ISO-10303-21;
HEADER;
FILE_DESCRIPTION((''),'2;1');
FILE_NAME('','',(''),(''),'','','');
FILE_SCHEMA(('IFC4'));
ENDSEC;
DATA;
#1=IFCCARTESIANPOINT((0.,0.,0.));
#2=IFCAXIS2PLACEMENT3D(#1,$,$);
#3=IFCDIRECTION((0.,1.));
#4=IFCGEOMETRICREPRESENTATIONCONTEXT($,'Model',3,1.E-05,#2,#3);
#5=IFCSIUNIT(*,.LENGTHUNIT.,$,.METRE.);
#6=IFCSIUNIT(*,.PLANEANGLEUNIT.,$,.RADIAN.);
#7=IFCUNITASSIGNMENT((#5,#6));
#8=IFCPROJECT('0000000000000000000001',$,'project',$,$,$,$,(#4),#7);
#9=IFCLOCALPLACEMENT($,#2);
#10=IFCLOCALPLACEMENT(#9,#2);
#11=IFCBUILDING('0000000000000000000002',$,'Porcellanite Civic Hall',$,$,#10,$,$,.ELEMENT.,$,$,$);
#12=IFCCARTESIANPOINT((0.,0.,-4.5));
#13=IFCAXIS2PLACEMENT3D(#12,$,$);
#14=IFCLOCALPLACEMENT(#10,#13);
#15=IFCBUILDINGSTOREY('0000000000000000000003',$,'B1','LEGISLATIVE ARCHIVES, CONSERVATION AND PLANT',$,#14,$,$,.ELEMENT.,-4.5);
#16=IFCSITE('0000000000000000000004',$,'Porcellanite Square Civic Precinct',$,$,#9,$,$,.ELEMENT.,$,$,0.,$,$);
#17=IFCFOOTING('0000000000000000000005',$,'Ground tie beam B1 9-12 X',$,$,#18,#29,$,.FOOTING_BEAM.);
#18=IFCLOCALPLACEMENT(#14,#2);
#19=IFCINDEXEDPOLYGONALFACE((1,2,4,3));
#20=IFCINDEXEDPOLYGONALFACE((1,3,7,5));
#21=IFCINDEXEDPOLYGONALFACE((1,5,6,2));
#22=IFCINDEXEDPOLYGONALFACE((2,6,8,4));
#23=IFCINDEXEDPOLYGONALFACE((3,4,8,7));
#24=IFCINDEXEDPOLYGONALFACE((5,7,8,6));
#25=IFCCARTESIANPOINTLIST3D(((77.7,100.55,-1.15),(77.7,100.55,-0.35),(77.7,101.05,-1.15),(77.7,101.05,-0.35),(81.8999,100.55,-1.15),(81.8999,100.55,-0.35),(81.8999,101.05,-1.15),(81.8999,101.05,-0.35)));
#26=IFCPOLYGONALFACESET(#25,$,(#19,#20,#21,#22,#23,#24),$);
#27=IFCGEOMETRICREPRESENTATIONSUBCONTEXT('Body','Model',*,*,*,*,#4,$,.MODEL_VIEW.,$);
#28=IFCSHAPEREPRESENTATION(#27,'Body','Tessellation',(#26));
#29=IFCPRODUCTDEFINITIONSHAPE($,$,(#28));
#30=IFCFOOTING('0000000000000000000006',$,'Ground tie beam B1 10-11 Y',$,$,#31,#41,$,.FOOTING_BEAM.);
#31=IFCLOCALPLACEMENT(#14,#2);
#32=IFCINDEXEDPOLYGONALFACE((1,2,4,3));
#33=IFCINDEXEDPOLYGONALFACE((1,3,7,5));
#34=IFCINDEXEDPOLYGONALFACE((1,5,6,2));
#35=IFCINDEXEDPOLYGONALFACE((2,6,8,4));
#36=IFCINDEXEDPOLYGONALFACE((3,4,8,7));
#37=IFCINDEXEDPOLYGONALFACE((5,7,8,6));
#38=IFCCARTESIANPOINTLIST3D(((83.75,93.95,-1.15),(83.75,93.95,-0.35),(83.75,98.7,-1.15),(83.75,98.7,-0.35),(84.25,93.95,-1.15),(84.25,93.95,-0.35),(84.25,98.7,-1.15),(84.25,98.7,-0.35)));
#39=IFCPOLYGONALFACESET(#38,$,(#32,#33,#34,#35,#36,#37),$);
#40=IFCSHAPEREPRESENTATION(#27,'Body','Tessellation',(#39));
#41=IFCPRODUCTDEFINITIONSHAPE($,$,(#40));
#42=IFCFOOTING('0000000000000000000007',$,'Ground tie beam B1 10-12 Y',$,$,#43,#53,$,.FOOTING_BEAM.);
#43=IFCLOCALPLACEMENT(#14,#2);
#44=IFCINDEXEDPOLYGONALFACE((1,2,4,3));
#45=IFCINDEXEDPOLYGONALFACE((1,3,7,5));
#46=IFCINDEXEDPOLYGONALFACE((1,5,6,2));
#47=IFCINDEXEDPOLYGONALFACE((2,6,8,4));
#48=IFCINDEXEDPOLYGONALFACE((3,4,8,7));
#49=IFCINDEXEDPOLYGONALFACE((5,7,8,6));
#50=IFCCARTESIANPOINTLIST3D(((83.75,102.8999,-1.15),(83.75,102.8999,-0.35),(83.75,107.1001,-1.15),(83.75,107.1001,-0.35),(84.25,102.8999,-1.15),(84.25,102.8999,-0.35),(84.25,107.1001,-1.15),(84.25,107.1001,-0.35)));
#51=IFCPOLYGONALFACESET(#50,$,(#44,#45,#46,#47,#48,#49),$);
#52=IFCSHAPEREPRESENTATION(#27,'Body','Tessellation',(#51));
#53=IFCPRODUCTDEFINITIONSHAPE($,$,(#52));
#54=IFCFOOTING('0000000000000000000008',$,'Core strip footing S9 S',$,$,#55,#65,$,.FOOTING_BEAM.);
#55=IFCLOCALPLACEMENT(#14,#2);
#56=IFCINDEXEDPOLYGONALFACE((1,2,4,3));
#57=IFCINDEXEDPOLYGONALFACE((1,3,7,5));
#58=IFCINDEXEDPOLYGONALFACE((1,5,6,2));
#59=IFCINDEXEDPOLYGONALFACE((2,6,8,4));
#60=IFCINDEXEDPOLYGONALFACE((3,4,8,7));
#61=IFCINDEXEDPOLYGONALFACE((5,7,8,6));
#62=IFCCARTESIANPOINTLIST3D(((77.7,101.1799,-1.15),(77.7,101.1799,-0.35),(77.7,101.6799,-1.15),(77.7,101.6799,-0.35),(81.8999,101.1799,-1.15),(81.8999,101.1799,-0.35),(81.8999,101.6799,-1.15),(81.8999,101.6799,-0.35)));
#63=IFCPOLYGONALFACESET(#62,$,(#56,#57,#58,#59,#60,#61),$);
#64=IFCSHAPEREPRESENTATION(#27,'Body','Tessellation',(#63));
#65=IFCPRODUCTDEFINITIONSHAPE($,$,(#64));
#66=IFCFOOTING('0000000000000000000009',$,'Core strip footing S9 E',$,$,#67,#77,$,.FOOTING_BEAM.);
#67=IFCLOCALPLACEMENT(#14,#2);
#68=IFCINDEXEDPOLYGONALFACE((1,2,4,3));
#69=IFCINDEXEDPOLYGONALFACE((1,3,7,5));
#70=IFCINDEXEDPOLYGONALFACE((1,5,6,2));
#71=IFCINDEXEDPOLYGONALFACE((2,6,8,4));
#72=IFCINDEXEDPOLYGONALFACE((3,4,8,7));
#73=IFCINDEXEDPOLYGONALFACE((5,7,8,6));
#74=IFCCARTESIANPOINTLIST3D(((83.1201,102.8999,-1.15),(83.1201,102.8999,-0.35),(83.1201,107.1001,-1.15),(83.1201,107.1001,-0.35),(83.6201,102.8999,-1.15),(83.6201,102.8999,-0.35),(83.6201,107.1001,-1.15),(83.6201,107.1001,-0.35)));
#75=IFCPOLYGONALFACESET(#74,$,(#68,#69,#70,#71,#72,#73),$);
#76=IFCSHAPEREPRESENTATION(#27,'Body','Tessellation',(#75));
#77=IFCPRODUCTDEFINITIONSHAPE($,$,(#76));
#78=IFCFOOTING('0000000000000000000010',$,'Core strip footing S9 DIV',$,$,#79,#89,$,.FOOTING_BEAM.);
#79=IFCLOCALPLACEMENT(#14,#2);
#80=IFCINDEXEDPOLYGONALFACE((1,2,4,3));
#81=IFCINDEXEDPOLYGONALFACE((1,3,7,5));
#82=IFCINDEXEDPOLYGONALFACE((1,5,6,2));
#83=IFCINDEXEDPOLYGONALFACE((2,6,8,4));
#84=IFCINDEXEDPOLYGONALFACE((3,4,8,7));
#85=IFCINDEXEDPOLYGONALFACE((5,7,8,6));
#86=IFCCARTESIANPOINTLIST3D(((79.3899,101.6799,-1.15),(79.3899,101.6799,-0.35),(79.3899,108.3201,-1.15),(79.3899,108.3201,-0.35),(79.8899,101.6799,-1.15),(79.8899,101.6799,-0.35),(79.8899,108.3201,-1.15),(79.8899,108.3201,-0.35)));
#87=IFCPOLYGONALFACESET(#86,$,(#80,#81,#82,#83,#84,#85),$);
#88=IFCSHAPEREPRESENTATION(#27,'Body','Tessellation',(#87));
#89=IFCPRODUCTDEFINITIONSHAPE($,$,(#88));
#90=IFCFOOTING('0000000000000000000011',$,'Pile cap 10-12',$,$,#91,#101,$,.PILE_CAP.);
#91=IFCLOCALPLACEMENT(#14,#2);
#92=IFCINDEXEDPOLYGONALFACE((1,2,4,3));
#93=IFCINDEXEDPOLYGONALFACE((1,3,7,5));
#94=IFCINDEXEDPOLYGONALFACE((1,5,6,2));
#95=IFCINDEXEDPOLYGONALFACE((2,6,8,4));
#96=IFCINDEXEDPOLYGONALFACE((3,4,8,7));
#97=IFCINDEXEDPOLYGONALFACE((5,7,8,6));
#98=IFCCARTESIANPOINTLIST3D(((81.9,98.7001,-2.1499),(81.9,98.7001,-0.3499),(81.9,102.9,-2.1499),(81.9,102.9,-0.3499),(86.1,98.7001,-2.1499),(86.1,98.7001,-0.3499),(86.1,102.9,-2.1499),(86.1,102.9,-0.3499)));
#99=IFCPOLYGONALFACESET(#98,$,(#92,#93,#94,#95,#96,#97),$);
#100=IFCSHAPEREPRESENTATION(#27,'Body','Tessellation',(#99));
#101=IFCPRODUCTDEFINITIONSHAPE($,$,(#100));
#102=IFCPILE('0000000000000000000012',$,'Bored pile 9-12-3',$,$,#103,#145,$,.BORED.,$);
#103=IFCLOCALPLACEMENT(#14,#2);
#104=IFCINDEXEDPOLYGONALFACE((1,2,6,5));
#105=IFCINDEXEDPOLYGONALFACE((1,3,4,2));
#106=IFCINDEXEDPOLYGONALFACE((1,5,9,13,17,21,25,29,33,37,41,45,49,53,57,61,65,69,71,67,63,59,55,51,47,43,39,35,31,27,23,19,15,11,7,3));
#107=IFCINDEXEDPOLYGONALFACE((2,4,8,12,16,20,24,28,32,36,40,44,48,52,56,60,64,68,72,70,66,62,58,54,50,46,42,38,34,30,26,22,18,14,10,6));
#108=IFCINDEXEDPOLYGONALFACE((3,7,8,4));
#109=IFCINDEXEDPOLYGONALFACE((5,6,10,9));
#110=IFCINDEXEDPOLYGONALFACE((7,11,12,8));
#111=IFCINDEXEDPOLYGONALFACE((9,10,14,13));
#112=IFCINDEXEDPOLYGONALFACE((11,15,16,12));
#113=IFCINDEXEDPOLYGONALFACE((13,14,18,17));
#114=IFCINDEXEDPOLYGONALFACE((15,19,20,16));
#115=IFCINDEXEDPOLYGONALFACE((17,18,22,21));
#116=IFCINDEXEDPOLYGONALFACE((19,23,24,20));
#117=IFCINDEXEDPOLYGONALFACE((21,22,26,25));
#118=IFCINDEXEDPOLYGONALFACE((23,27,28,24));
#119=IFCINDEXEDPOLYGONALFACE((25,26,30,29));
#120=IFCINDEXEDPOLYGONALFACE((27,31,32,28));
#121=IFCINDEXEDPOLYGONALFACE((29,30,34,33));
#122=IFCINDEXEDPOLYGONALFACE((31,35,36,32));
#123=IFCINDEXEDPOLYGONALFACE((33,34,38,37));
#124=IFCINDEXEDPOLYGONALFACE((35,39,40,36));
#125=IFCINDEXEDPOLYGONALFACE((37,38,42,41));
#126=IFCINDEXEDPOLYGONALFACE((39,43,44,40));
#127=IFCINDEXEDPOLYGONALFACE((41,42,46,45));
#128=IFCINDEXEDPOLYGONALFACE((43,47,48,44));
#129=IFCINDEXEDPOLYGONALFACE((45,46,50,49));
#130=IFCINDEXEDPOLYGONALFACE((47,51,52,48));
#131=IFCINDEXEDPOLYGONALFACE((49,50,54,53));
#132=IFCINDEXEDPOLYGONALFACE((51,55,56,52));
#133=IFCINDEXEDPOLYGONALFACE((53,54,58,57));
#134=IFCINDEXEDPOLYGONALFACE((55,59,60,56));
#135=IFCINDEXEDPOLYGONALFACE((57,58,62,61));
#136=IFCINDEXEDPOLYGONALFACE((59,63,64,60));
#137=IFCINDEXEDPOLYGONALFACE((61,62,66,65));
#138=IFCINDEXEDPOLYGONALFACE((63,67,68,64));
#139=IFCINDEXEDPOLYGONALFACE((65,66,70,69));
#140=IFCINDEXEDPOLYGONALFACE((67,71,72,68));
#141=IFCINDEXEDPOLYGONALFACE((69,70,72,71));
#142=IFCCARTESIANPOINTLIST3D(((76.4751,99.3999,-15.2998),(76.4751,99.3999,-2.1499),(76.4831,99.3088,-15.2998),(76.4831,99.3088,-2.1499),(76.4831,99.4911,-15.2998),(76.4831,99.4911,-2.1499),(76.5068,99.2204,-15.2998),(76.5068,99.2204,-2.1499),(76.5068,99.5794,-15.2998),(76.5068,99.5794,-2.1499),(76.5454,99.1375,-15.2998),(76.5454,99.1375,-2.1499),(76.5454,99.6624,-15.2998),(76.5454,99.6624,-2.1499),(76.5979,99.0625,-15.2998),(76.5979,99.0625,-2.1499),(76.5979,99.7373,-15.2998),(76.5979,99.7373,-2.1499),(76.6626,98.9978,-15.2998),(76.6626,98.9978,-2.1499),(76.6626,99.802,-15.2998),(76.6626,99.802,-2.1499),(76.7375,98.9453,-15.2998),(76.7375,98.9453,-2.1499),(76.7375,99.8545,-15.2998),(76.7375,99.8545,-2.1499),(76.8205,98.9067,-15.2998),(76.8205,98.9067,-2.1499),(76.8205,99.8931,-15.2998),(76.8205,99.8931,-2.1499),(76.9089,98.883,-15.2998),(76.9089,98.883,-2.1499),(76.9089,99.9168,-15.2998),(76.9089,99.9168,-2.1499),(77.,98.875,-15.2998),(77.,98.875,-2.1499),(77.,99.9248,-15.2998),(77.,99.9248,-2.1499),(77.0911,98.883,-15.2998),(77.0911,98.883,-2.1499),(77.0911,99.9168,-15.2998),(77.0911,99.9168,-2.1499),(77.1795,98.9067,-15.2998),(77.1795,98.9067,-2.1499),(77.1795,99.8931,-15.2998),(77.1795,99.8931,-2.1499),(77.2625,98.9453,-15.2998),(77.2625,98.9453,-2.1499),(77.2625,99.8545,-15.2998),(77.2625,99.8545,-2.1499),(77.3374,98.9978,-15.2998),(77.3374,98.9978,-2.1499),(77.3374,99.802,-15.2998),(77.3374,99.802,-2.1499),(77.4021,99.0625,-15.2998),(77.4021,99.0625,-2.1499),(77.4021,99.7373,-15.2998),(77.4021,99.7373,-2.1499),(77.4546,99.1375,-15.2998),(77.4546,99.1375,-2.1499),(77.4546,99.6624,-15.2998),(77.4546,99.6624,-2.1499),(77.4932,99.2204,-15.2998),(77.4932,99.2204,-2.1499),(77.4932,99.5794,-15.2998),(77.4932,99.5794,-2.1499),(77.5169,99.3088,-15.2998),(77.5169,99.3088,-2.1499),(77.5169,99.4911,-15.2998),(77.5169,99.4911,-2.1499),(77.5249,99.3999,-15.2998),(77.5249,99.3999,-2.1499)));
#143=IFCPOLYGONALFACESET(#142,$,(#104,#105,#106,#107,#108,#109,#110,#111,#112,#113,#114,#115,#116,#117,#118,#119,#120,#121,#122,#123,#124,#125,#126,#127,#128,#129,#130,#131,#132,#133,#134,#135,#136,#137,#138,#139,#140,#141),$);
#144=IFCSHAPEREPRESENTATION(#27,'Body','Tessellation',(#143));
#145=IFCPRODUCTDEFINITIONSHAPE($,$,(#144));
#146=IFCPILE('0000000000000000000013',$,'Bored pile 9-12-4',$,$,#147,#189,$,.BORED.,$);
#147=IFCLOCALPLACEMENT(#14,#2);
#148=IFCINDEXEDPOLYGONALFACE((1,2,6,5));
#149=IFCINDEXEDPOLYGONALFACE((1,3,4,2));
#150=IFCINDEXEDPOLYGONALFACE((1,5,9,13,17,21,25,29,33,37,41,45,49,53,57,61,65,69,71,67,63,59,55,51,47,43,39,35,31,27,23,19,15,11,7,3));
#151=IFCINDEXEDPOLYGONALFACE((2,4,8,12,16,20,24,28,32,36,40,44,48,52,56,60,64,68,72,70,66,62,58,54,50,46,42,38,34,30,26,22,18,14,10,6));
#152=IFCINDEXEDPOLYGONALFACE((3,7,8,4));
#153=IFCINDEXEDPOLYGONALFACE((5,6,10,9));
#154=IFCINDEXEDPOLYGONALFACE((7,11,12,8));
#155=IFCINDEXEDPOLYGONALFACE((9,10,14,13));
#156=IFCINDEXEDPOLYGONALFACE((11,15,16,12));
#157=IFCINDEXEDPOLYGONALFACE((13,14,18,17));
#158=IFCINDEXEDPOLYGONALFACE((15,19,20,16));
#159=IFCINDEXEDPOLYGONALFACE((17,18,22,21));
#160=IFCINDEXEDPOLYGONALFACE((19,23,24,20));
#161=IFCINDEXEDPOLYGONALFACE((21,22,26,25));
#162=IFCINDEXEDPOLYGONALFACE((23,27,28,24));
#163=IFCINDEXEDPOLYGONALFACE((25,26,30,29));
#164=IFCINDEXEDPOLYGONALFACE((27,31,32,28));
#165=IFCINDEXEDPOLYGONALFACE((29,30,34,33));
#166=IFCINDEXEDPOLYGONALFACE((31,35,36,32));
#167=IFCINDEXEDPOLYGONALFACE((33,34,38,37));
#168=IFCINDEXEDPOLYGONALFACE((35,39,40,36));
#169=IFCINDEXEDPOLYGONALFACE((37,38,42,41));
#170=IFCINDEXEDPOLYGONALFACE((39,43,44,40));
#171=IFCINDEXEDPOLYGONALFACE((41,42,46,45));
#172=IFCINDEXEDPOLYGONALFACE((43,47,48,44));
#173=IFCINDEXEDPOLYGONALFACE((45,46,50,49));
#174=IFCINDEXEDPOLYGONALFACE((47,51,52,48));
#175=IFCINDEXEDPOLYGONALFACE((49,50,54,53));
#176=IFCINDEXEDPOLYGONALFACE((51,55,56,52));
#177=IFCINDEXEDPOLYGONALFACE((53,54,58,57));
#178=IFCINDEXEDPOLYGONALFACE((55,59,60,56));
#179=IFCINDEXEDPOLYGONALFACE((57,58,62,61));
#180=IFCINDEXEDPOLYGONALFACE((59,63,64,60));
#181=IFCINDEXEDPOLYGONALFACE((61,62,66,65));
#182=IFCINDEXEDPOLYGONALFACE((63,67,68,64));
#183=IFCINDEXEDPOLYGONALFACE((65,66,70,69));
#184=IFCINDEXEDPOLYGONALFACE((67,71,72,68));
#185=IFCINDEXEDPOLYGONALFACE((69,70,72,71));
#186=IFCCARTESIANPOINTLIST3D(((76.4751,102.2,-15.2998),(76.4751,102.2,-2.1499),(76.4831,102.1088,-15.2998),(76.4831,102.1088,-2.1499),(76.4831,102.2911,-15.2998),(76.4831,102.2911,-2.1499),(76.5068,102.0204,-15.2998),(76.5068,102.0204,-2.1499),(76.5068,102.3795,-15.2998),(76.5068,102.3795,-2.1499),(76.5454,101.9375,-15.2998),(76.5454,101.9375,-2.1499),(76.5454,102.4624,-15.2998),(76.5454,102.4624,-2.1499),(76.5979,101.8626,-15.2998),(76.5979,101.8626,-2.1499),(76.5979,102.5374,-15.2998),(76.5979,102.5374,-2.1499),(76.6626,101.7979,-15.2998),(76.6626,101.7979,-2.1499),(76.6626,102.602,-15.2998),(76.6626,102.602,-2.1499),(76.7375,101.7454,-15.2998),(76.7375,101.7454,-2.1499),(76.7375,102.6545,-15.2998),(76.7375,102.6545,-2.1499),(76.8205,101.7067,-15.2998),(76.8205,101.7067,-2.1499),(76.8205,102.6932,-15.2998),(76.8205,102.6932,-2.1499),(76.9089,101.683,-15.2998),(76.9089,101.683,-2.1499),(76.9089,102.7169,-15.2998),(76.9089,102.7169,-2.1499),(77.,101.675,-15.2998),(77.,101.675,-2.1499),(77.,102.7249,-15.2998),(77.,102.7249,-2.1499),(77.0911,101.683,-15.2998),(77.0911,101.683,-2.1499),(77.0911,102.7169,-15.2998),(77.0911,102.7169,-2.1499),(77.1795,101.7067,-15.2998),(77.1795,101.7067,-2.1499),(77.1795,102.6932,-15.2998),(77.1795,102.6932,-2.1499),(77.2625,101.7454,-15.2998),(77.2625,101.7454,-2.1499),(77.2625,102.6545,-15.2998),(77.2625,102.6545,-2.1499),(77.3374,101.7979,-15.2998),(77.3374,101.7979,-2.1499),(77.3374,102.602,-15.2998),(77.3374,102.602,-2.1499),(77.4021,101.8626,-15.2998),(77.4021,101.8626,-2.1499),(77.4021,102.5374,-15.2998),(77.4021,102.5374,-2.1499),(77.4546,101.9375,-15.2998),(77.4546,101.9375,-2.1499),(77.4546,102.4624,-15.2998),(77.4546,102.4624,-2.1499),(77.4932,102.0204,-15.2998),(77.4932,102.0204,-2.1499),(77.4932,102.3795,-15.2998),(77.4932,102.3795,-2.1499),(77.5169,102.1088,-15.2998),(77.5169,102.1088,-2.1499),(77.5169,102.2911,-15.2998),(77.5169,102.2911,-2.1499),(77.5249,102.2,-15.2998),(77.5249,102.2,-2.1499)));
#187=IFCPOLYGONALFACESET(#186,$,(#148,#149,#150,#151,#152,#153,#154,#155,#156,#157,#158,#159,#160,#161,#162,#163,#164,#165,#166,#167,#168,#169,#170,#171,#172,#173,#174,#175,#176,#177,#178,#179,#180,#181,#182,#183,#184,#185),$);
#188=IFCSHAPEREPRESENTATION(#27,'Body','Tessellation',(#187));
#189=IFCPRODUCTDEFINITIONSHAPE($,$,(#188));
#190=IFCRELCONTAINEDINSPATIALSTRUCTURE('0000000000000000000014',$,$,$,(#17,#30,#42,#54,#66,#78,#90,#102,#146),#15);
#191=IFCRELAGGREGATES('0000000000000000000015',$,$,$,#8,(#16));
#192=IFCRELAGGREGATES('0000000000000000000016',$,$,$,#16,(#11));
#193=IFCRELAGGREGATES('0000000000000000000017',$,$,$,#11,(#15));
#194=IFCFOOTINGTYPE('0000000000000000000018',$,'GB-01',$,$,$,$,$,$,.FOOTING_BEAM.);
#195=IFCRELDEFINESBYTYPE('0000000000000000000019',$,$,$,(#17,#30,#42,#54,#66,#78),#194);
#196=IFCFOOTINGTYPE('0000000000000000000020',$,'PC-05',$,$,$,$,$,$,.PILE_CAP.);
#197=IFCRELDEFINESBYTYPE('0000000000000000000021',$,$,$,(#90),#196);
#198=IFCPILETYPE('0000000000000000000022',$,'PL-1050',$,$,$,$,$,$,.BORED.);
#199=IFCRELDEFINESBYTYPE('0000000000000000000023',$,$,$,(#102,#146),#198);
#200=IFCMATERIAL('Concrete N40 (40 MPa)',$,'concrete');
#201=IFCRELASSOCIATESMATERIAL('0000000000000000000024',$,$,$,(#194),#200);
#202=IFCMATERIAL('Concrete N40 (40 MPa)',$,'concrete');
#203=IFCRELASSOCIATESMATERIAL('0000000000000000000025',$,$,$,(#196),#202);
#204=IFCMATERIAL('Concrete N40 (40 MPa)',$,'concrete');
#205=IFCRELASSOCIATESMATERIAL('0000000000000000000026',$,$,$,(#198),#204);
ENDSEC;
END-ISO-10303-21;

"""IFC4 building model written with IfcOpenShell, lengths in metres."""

from ifc_helpers import new_model, si_unit, direction, frame, origin, origin_2d, place, context, subcontext, project, spatial, rectangle, circle, extrude, material, material_profile, profile_set, type_object, element, save


model = new_model("IFC4")

# Units and contexts
model_context = context("Model", 3, precision=1e-05, world=origin(), true_north=direction((0.0, 1.0)))
body_context = subcontext(model_context, "Body", "Model", "MODEL_VIEW")
ifc_project = project(units=[si_unit("LENGTHUNIT", "METRE"), si_unit("PLANEANGLEUNIT", "RADIAN")], contexts=[model_context])

# Site, building, storey
site_placement = place(None, origin())
site = spatial("IfcSite", under=ifc_project, at=site_placement, Name="Porcellanite Square Civic Precinct", CompositionType="ELEMENT", RefElevation=0.0)
building_placement = place(site_placement, origin())
building = spatial("IfcBuilding", under=site, at=building_placement, Name="Porcellanite Civic Hall", CompositionType="ELEMENT")
storey_placement = place(building_placement, frame((0.0, 0.0, -4.5)))
storey = spatial("IfcBuildingStorey", under=building, at=storey_placement, Name="B1", Description="LEGISLATIVE ARCHIVES, CONSERVATION AND PLANT", CompositionType="ELEMENT", Elevation=-4.5)

# Footings
ifc_material_1 = material(Name="Concrete N40 (40 MPa)", Category="concrete")
ifc_material_profile_1 = material_profile(ifc_material_1, rectangle(XDim=0.5, YDim=0.8, at=origin_2d()), Name="RC-500x800")
ifc_profile_set_1 = profile_set([ifc_material_profile_1], Name="Concrete N40 (40 MPa)")
footing_type_1 = type_object("IfcFootingType", Name="GB-01", PredefinedType="FOOTING_BEAM", material=ifc_profile_set_1)
footing_1_placement = place(storey_placement, frame((77.7, 100.8, -0.75), z_axis=(1.0, 0.0, 0.0), x_axis=(0.0, 1.0, 0.0)))
element("IfcFooting", 1, at=footing_1_placement, inside=storey, type_object=footing_type_1, Name="Ground tie beam B1 9-12 X", PredefinedType="FOOTING_BEAM", context=body_context, shape_type="SweptSolid", body=[
    extrude(rectangle(XDim=0.5, YDim=0.8, at=origin_2d()), origin(), (0.0, 0.0, 1.0), 4.2),
])
footing_2_placement = place(storey_placement, frame((84.0, 93.95, -0.75), z_axis=(0.0, 1.0, 0.0), x_axis=(-1.0, 0.0, 0.0)))
element("IfcFooting", 2, at=footing_2_placement, inside=storey, type_object=footing_type_1, Name="Ground tie beam B1 10-11 Y", PredefinedType="FOOTING_BEAM", context=body_context, shape_type="SweptSolid", body=[
    extrude(rectangle(XDim=0.5, YDim=0.8, at=origin_2d()), origin(), (0.0, 0.0, 1.0), 4.75),
])
footing_3_placement = place(storey_placement, frame((84.0, 102.8999, -0.75), z_axis=(0.0, 1.0, 0.0), x_axis=(-1.0, 0.0, 0.0)))
element("IfcFooting", 3, at=footing_3_placement, inside=storey, type_object=footing_type_1, Name="Ground tie beam B1 10-12 Y", PredefinedType="FOOTING_BEAM", context=body_context, shape_type="SweptSolid", body=[
    extrude(rectangle(XDim=0.5, YDim=0.8, at=origin_2d()), origin(), (0.0, 0.0, 1.0), 4.2002),
])
footing_4_placement = place(storey_placement, frame((77.7, 101.4299, -0.75), z_axis=(1.0, 0.0, 0.0), x_axis=(0.0, 1.0, 0.0)))
element("IfcFooting", 4, at=footing_4_placement, inside=storey, type_object=footing_type_1, Name="Core strip footing S9 S", PredefinedType="FOOTING_BEAM", context=body_context, shape_type="SweptSolid", body=[
    extrude(rectangle(XDim=0.5, YDim=0.8, at=origin_2d()), origin(), (0.0, 0.0, 1.0), 4.2),
])
footing_5_placement = place(storey_placement, frame((83.3701, 102.8999, -0.75), z_axis=(0.0, 1.0, 0.0), x_axis=(-1.0, 0.0, 0.0)))
element("IfcFooting", 5, at=footing_5_placement, inside=storey, type_object=footing_type_1, Name="Core strip footing S9 E", PredefinedType="FOOTING_BEAM", context=body_context, shape_type="SweptSolid", body=[
    extrude(rectangle(XDim=0.5, YDim=0.8, at=origin_2d()), origin(), (0.0, 0.0, 1.0), 4.2002),
])
footing_6_placement = place(storey_placement, frame((79.6399, 101.6799, -0.75), z_axis=(0.0, 1.0, 0.0), x_axis=(-1.0, 0.0, 0.0)))
element("IfcFooting", 6, at=footing_6_placement, inside=storey, type_object=footing_type_1, Name="Core strip footing S9 DIV", PredefinedType="FOOTING_BEAM", context=body_context, shape_type="SweptSolid", body=[
    extrude(rectangle(XDim=0.5, YDim=0.8, at=origin_2d()), origin(), (0.0, 0.0, 1.0), 6.6401),
])
ifc_material_2 = material(Name="Concrete N40 (40 MPa)", Category="concrete")
footing_type_2 = type_object("IfcFootingType", Name="PC-05", PredefinedType="PILE_CAP", material=ifc_material_2)
footing_7_placement = place(storey_placement, frame((84.0, 100.8, -2.1499), z_axis=(0.0, 0.0, 1.0), x_axis=(1.0, 0.0, 0.0)))
element("IfcFooting", 7, at=footing_7_placement, inside=storey, type_object=footing_type_2, Name="Pile cap 10-12", PredefinedType="PILE_CAP", context=body_context, shape_type="SweptSolid", body=[
    extrude(rectangle(XDim=4.2, YDim=4.2, at=origin_2d()), origin(), (0.0, 0.0, 1.0), 1.8),
])

# Piles
ifc_material_3 = material(Name="Concrete N40 (40 MPa)", Category="concrete")
ifc_material_profile_2 = material_profile(ifc_material_3, circle(Radius=0.5249, at=origin_2d()), Name="PILE-D1050")
ifc_profile_set_2 = profile_set([ifc_material_profile_2], Name="Concrete N40 (40 MPa)")
pile_type = type_object("IfcPileType", Name="PL-1050", PredefinedType="BORED", material=ifc_profile_set_2)
for number, where, z_axis, x_axis, name in (
    (8, (77.0, 99.3999, -2.1499), (0.0, 0.0, -1.0), (1.0, 0.0, 0.0), "Bored pile 9-12-3"),
    (9, (77.0, 102.2, -2.1499), (0.0, 0.0, -1.0), (1.0, 0.0, 0.0), "Bored pile 9-12-4"),
):
    element("IfcPile", number, at=place(storey_placement, frame(where, z_axis=z_axis, x_axis=x_axis)), inside=storey, type_object=pile_type, Name=name, PredefinedType="BORED", context=body_context, shape_type="SweptSolid", body=[
        extrude(circle(Radius=0.5249, at=origin_2d()), origin(), (0.0, 0.0, 1.0), 13.1499),
    ])

save(model, "model.ifc")
